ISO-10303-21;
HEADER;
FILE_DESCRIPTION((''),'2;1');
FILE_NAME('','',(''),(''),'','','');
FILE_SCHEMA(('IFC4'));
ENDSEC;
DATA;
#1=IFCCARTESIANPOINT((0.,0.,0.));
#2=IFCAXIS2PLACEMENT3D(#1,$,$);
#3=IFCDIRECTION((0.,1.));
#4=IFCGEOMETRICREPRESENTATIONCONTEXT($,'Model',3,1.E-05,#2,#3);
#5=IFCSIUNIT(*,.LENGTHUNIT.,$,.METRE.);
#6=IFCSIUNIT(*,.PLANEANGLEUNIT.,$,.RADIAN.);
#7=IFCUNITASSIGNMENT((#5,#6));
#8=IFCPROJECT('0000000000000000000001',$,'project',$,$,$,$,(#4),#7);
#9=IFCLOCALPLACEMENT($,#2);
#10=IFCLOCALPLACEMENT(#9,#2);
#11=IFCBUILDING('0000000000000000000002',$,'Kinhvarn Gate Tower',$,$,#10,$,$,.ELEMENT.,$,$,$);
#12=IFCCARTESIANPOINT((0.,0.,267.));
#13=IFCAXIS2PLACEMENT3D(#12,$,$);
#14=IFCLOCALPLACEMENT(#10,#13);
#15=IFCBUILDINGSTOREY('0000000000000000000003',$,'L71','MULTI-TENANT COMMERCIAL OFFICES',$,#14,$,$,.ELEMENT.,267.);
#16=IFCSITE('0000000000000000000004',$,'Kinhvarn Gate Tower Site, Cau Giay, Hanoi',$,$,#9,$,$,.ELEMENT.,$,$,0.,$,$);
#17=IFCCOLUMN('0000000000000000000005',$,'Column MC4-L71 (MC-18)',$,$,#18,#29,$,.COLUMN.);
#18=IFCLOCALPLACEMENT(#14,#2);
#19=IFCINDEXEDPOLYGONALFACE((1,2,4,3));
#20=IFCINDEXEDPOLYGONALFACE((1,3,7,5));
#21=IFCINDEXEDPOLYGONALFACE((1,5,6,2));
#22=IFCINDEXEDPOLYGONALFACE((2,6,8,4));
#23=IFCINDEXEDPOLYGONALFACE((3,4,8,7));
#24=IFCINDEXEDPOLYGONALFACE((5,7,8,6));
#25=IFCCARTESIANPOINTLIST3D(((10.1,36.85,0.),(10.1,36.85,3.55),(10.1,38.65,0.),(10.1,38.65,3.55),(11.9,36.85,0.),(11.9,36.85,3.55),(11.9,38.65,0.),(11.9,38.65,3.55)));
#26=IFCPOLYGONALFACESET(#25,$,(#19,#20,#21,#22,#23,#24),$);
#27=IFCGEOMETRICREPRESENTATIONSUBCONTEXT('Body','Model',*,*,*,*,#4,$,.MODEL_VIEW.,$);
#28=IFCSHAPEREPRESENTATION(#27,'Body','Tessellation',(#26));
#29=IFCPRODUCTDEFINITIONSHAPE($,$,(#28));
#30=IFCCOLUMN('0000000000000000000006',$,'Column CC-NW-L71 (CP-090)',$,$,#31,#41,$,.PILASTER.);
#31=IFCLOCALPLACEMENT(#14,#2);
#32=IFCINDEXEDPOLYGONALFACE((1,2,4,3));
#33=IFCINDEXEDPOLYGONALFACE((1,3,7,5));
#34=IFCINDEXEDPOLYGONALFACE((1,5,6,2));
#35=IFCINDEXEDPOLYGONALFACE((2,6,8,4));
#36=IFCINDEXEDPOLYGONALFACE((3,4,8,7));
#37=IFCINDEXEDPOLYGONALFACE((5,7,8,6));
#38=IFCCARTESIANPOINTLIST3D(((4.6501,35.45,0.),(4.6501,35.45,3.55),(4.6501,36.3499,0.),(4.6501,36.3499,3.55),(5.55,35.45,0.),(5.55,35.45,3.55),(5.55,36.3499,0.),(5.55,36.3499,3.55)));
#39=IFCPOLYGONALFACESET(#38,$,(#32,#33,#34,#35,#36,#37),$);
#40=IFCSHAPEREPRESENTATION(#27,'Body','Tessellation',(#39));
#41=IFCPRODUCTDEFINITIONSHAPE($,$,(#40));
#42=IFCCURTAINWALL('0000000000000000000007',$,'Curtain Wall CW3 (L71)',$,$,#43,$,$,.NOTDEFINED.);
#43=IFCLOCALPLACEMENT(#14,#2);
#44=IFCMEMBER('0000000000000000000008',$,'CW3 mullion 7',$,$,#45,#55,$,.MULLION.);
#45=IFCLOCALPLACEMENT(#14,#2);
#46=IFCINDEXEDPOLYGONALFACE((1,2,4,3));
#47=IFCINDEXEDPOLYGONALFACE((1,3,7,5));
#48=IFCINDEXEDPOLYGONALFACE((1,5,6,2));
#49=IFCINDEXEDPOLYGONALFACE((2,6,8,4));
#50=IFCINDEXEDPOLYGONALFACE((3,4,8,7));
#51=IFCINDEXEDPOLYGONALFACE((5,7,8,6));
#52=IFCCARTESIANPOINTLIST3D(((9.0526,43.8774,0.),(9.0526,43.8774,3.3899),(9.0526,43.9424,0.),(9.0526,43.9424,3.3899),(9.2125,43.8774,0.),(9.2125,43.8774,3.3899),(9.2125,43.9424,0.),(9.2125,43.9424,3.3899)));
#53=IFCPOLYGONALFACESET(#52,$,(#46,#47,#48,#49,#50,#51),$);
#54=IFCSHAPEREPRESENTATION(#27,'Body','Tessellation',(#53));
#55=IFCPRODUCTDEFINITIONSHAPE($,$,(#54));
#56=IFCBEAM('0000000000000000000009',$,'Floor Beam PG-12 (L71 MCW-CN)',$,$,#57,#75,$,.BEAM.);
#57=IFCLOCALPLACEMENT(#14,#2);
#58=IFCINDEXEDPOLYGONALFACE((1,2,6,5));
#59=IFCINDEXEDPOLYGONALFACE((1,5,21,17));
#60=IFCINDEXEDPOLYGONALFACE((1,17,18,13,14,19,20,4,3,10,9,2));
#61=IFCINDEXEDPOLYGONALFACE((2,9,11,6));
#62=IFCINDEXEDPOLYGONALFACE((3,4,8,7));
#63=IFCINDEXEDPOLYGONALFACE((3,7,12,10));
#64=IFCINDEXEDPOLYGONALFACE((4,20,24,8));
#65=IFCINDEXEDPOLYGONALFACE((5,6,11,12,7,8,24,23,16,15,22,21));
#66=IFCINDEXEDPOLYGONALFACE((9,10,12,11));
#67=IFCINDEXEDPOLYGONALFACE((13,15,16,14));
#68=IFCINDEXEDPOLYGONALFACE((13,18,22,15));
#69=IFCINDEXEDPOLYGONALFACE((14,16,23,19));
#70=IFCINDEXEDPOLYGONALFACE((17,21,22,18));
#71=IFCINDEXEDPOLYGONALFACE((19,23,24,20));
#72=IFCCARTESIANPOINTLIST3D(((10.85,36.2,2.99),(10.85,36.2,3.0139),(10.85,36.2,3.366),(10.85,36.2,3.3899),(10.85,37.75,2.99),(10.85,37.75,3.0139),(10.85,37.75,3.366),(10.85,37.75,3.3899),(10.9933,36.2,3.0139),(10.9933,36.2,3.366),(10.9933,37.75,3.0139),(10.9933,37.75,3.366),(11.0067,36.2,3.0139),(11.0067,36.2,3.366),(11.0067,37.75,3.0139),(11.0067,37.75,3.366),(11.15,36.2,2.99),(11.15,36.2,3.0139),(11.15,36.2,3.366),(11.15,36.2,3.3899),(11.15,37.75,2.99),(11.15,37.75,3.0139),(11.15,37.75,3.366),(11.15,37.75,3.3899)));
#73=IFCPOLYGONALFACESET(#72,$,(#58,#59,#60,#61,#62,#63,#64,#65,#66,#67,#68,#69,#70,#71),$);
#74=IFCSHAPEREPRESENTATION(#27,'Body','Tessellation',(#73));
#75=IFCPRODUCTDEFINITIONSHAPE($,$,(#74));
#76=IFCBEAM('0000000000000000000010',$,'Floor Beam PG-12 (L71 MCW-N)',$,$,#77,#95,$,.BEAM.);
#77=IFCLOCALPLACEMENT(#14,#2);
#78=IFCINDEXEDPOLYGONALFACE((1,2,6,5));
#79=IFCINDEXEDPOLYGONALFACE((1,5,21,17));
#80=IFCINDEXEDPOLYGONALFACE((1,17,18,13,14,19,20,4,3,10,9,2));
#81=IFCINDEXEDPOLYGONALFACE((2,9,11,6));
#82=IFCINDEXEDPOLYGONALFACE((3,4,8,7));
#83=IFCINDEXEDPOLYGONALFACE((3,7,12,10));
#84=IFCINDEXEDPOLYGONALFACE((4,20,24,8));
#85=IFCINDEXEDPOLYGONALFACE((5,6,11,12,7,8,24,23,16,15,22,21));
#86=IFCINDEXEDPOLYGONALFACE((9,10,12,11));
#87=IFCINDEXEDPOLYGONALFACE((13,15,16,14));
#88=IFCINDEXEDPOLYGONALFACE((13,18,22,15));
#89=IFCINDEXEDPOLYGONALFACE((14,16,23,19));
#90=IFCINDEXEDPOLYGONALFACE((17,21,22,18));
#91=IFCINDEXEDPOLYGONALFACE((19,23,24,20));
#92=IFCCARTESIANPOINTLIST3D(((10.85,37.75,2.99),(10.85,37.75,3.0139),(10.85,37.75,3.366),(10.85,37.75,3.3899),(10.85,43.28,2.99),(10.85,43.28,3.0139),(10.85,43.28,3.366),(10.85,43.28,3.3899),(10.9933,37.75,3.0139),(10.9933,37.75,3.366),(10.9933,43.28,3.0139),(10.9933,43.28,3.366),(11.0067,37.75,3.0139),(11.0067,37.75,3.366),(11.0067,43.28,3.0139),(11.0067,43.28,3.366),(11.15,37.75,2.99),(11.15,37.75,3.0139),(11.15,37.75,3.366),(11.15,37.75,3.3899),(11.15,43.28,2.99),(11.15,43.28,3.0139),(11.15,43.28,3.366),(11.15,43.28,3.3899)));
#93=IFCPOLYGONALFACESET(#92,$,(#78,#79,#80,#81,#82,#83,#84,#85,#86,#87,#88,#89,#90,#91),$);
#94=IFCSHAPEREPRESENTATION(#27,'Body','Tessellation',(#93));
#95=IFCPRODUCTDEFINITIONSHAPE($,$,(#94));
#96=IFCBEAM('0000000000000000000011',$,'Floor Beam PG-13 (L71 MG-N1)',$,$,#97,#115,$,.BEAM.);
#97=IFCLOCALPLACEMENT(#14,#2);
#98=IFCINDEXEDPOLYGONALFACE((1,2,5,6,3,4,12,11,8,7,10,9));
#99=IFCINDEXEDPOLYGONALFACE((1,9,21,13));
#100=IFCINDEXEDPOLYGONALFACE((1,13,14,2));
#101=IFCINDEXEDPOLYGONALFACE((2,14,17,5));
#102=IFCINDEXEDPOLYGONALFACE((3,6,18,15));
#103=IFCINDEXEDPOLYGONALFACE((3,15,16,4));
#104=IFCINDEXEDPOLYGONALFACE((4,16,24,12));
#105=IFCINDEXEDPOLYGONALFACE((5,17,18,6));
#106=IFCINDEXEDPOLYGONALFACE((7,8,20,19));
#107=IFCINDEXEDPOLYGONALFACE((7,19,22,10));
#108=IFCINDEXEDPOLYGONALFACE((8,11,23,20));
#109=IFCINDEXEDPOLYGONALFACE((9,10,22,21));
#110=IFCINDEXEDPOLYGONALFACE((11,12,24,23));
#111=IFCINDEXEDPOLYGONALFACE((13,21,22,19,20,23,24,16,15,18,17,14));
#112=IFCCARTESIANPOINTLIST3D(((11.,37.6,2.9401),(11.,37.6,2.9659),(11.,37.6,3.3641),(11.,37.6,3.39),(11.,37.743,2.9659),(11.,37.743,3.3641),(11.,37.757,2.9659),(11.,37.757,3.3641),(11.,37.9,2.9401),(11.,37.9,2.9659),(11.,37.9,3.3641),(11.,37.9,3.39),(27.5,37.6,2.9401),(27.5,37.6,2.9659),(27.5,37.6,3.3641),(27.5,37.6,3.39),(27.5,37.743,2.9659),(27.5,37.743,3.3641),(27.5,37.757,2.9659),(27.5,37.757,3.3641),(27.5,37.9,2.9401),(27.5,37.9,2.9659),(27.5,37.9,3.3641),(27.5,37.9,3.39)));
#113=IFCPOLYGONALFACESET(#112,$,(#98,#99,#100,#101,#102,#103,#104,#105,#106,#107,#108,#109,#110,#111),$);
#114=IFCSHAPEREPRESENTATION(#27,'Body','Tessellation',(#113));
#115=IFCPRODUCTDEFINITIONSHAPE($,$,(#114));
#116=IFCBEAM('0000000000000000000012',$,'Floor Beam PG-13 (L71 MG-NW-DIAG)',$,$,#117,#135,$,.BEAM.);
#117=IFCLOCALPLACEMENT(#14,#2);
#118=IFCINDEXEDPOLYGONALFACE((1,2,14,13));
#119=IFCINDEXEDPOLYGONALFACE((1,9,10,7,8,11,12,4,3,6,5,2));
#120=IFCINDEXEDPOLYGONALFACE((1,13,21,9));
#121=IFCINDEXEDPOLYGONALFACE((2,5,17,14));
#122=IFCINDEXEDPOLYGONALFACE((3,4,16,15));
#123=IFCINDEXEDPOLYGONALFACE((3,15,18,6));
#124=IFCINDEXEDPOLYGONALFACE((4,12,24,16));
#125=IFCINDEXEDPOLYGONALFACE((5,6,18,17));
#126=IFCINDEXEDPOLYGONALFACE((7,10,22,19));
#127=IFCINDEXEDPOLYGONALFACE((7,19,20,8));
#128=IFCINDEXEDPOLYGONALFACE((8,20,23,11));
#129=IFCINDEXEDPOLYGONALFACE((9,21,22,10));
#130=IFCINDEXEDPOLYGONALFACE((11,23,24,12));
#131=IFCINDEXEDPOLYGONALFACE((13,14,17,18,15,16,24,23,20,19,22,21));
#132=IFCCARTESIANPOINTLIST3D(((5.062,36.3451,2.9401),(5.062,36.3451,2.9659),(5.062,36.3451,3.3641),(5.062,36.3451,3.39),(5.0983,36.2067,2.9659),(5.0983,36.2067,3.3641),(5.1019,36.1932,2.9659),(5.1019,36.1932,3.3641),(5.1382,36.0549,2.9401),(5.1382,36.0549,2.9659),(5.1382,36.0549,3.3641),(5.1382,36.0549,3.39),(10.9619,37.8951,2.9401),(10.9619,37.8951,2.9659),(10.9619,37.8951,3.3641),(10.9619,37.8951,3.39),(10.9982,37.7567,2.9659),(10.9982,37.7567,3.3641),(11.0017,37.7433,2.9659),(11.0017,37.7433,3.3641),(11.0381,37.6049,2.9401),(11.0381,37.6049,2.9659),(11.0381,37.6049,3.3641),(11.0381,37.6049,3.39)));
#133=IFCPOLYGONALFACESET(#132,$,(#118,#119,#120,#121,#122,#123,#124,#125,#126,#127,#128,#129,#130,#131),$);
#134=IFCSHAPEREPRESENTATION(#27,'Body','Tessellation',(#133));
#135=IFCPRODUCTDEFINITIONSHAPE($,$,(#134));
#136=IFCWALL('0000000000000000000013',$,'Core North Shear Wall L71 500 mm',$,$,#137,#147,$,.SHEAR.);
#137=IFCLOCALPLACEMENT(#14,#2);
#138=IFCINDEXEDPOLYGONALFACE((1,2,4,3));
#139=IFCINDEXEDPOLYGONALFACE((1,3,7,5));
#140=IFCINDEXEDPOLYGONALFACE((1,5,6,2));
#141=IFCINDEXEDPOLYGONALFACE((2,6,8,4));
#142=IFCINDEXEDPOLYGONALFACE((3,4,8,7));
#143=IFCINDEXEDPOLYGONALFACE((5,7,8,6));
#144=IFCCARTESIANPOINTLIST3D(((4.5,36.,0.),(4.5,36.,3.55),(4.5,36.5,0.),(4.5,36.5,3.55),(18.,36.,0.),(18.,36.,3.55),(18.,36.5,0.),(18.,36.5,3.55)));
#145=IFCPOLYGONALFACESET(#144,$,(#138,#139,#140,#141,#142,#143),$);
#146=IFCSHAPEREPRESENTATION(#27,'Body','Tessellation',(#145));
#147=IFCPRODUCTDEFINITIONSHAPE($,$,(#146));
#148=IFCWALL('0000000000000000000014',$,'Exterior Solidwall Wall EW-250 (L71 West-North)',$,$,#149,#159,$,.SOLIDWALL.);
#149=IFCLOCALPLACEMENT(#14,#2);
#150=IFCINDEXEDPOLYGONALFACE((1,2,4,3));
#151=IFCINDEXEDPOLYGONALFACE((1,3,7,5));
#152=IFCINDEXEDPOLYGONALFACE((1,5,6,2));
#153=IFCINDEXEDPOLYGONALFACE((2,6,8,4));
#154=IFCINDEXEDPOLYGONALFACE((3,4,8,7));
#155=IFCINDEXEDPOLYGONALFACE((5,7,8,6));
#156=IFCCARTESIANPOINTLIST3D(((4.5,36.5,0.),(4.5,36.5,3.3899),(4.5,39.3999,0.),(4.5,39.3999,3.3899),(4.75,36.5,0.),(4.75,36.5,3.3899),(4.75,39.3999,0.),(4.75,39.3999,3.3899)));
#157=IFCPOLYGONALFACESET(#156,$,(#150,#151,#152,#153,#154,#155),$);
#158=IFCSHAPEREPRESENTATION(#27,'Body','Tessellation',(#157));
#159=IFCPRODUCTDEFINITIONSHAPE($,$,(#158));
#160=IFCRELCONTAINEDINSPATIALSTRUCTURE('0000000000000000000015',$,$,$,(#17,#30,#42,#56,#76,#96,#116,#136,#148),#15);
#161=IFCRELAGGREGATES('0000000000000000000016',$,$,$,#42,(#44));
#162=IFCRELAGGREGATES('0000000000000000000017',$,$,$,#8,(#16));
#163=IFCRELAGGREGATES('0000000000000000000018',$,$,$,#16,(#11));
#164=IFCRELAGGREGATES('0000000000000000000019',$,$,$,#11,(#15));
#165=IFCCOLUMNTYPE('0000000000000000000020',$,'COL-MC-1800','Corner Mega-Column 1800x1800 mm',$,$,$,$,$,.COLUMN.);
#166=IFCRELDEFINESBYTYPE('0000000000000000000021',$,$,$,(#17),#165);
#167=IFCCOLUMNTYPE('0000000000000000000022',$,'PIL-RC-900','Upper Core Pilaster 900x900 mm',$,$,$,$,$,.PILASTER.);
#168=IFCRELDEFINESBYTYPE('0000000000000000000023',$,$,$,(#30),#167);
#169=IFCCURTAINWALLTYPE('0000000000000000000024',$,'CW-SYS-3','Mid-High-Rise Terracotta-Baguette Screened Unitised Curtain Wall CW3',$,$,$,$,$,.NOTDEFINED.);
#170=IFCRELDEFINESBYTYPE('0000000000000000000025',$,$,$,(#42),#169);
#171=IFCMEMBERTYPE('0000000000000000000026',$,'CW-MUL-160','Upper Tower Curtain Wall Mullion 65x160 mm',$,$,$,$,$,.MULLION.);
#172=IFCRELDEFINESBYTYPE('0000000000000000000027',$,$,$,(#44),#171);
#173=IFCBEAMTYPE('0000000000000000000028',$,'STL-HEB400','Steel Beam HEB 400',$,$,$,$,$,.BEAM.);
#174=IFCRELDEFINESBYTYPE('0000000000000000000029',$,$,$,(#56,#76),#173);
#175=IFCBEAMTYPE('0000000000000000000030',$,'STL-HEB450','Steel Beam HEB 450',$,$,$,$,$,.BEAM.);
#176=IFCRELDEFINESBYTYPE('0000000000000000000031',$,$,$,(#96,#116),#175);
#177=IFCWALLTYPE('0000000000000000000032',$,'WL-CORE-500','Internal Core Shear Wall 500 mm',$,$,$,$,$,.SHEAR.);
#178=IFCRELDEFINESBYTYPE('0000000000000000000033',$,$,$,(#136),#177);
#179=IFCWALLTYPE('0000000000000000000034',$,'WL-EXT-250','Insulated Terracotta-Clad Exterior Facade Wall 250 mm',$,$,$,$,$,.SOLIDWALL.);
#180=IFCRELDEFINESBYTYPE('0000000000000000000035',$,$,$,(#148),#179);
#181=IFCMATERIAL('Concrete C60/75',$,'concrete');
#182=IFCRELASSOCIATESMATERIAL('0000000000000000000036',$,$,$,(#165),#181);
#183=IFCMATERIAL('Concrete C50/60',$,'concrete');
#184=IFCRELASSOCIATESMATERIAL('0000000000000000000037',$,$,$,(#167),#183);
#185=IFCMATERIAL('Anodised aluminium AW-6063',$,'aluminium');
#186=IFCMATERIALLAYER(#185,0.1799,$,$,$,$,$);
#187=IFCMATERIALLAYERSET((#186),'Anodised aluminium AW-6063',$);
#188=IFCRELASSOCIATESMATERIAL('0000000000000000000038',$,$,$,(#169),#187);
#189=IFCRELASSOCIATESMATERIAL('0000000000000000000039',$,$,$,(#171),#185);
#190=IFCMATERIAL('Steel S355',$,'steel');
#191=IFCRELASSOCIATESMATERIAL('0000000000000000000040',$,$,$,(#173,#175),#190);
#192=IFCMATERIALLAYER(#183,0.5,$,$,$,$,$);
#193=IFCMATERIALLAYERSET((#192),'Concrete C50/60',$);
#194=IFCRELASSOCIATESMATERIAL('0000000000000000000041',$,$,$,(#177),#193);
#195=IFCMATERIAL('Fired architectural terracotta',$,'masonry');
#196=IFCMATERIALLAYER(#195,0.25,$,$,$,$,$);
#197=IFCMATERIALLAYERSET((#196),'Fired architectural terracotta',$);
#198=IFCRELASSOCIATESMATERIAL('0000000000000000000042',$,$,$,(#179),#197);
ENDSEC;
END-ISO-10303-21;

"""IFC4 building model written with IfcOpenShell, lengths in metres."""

from ifc_helpers import new_model, si_unit, direction, frame, frame_2d, origin, origin_2d, place, context, subcontext, project, spatial, rectangle, i_section, extrude, material, layer, layer_set, material_profile, profile_set, type_object, element, aggregate, save


model = new_model("IFC4")

# Units and contexts
model_context = context("Model", 3, precision=1e-05, world=origin(), true_north=direction((0.0, 1.0)))
body_context = subcontext(model_context, "Body", "Model", "MODEL_VIEW")
ifc_project = project(units=[si_unit("LENGTHUNIT", "METRE"), si_unit("PLANEANGLEUNIT", "RADIAN")], contexts=[model_context])

# Site, building, storey
site_placement = place(None, origin())
site = spatial("IfcSite", under=ifc_project, at=site_placement, Name="Kinhvarn Gate Tower Site, Cau Giay, Hanoi", CompositionType="ELEMENT", RefElevation=0.0)
building_placement = place(site_placement, origin())
building = spatial("IfcBuilding", under=site, at=building_placement, Name="Kinhvarn Gate Tower", CompositionType="ELEMENT")
storey_placement = place(building_placement, frame((0.0, 0.0, 267.0)))
storey = spatial("IfcBuildingStorey", under=building, at=storey_placement, Name="L71", Description="MULTI-TENANT COMMERCIAL OFFICES", CompositionType="ELEMENT", Elevation=267.0)

# Columns
ifc_material_1 = material(Name="Concrete C60/75", Category="concrete")
ifc_material_profile_1 = material_profile(ifc_material_1, rectangle(XDim=1.8, YDim=1.8, at=origin_2d()), Name="RC 1800x1800")
ifc_profile_set_1 = profile_set([ifc_material_profile_1], Name="Concrete C60/75")
column_type_1 = type_object("IfcColumnType", Name="COL-MC-1800", Description="Corner Mega-Column 1800x1800 mm", PredefinedType="COLUMN", material=ifc_profile_set_1)
column_1_placement = place(storey_placement, frame((11.0, 37.75, 0.0), z_axis=(0.0, 0.0, 1.0), x_axis=(1.0, 0.0, 0.0)))
element("IfcColumn", 1, at=column_1_placement, inside=storey, type_object=column_type_1, Name="Column MC4-L71 (MC-18)", PredefinedType="COLUMN", context=body_context, shape_type="SweptSolid", body=[
    extrude(rectangle(XDim=1.8, YDim=1.8, at=origin_2d()), origin(), (0.0, 0.0, 1.0), 3.55),
])
ifc_material_2 = material(Name="Concrete C50/60", Category="concrete")
ifc_material_profile_2 = material_profile(ifc_material_2, rectangle(XDim=0.8999, YDim=0.8999, at=origin_2d()), Name="RC 900x900")
ifc_profile_set_2 = profile_set([ifc_material_profile_2], Name="Concrete C50/60")
column_type_2 = type_object("IfcColumnType", Name="PIL-RC-900", Description="Upper Core Pilaster 900x900 mm", PredefinedType="PILASTER", material=ifc_profile_set_2)
column_2_placement = place(storey_placement, frame((5.1001, 35.8999, 0.0), z_axis=(0.0, 0.0, 1.0), x_axis=(1.0, 0.0, 0.0)))
element("IfcColumn", 2, at=column_2_placement, inside=storey, type_object=column_type_2, Name="Column CC-NW-L71 (CP-090)", PredefinedType="PILASTER", context=body_context, shape_type="SweptSolid", body=[
    extrude(rectangle(XDim=0.8999, YDim=0.8999, at=origin_2d()), origin(), (0.0, 0.0, 1.0), 3.55),
])

# Curtain wall, member
ifc_material_3 = material(Name="Anodised aluminium AW-6063", Category="aluminium")
ifc_layer_1 = layer(ifc_material_3, 0.1799)
ifc_layer_set_1 = layer_set([ifc_layer_1], Name="Anodised aluminium AW-6063")
curtain_wall_type = type_object("IfcCurtainWallType", Name="CW-SYS-3", Description="Mid-High-Rise Terracotta-Baguette Screened Unitised Curtain Wall CW3", PredefinedType="NOTDEFINED", material=ifc_layer_set_1)
curtain_wall_placement = place(storey_placement, origin())
curtain_wall = element("IfcCurtainWall", 3, at=curtain_wall_placement, inside=storey, type_object=curtain_wall_type, Name="Curtain Wall CW3 (L71)", PredefinedType="NOTDEFINED")
ifc_material_profile_3 = material_profile(ifc_material_3, rectangle(XDim=0.0649, YDim=0.1599, at=origin_2d()), Name="ALU 65x160")
ifc_profile_set_3 = profile_set([ifc_material_profile_3], Name="Anodised aluminium AW-6063")
member_type = type_object("IfcMemberType", Name="CW-MUL-160", Description="Upper Tower Curtain Wall Mullion 65x160 mm", PredefinedType="MULLION", material=ifc_profile_set_3)
member_placement = place(storey_placement, frame((9.1326, 43.9099, 0.0), z_axis=(0.0, 0.0, 1.0), x_axis=(0.0, -1.0, 0.0)))
member = element("IfcMember", 4, at=member_placement, type_object=member_type, Name="CW3 mullion 7", PredefinedType="MULLION", context=body_context, shape_type="SweptSolid", body=[
    extrude(rectangle(XDim=0.0649, YDim=0.1599, at=origin_2d()), origin(), (0.0, 0.0, 1.0), 3.3899),
])
aggregate(curtain_wall, [member])

# Beams
ifc_material_4 = material(Name="Steel S355", Category="steel")
ifc_material_profile_4 = material_profile(ifc_material_4, i_section(OverallWidth=0.3, OverallDepth=0.3999, WebThickness=0.0134, FlangeThickness=0.0239, at=origin_2d()), Name="HEB 400")
ifc_profile_set_4 = profile_set([ifc_material_profile_4], Name="Steel S355")
beam_type_1 = type_object("IfcBeamType", Name="STL-HEB400", Description="Steel Beam HEB 400", PredefinedType="BEAM", material=ifc_profile_set_4)
beam_1_placement = place(storey_placement, frame((11.0, 36.2, 3.1899), z_axis=(0.0, 1.0, 0.0), x_axis=(-1.0, 0.0, 0.0)))
element("IfcBeam", 5, at=beam_1_placement, inside=storey, type_object=beam_type_1, Name="Floor Beam PG-12 (L71 MCW-CN)", PredefinedType="BEAM", context=body_context, shape_type="SweptSolid", body=[
    extrude(i_section(OverallWidth=0.3, OverallDepth=0.3999, WebThickness=0.0134, FlangeThickness=0.0239, at=origin_2d()), origin(), (0.0, 0.0, 1.0), 1.55),
])
beam_2_placement = place(storey_placement, frame((11.0, 37.75, 3.1899), z_axis=(0.0, 1.0, 0.0), x_axis=(-1.0, 0.0, 0.0)))
element("IfcBeam", 6, at=beam_2_placement, inside=storey, type_object=beam_type_1, Name="Floor Beam PG-12 (L71 MCW-N)", PredefinedType="BEAM", context=body_context, shape_type="SweptSolid", body=[
    extrude(i_section(OverallWidth=0.3, OverallDepth=0.3999, WebThickness=0.0134, FlangeThickness=0.0239, at=origin_2d()), origin(), (0.0, 0.0, 1.0), 5.53),
])
ifc_material_profile_5 = material_profile(ifc_material_4, i_section(OverallWidth=0.3, OverallDepth=0.45, WebThickness=0.0139, FlangeThickness=0.0259, at=origin_2d()), Name="HEB 450")
ifc_profile_set_5 = profile_set([ifc_material_profile_5], Name="Steel S355")
beam_type_2 = type_object("IfcBeamType", Name="STL-HEB450", Description="Steel Beam HEB 450", PredefinedType="BEAM", material=ifc_profile_set_5)
beam_3_placement = place(storey_placement, frame((11.0, 37.75, 3.165), z_axis=(1.0, 0.0, 0.0), x_axis=(0.0, 1.0, 0.0)))
element("IfcBeam", 7, at=beam_3_placement, inside=storey, type_object=beam_type_2, Name="Floor Beam PG-13 (L71 MG-N1)", PredefinedType="BEAM", context=body_context, shape_type="SweptSolid", body=[
    extrude(i_section(OverallWidth=0.3, OverallDepth=0.45, WebThickness=0.0139, FlangeThickness=0.0259, at=origin_2d()), origin(), (0.0, 0.0, 1.0), 16.5),
])
beam_4_placement = place(storey_placement, frame((5.1001, 36.2, 3.165), z_axis=(0.967178, 0.254101, 0.0), x_axis=(-0.254101, 0.967178, 0.0)))
element("IfcBeam", 8, at=beam_4_placement, inside=storey, type_object=beam_type_2, Name="Floor Beam PG-13 (L71 MG-NW-DIAG)", PredefinedType="BEAM", context=body_context, shape_type="SweptSolid", body=[
    extrude(i_section(OverallWidth=0.3, OverallDepth=0.45, WebThickness=0.0139, FlangeThickness=0.0259, at=origin_2d()), origin(), (0.0, 0.0, 1.0), 6.1001),
])

# Walls
ifc_layer_2 = layer(ifc_material_2, 0.5)
ifc_layer_set_2 = layer_set([ifc_layer_2], Name="Concrete C50/60")
wall_type_1 = type_object("IfcWallType", Name="WL-CORE-500", Description="Internal Core Shear Wall 500 mm", PredefinedType="SHEAR", material=ifc_layer_set_2)
wall_1_placement = place(storey_placement, frame((4.5, 36.25, 0.0), z_axis=(0.0, 0.0, 1.0), x_axis=(1.0, 0.0, 0.0)))
element("IfcWall", 9, at=wall_1_placement, inside=storey, type_object=wall_type_1, Name="Core North Shear Wall L71 500 mm", PredefinedType="SHEAR", context=body_context, shape_type="SweptSolid", body=[
    extrude(rectangle(XDim=13.5, YDim=0.5, at=frame_2d((6.75, 0.0))), origin(), (0.0, 0.0, 1.0), 3.55),
])
ifc_material_5 = material(Name="Fired architectural terracotta", Category="masonry")
ifc_layer_3 = layer(ifc_material_5, 0.25)
ifc_layer_set_3 = layer_set([ifc_layer_3], Name="Fired architectural terracotta")
wall_type_2 = type_object("IfcWallType", Name="WL-EXT-250", Description="Insulated Terracotta-Clad Exterior Facade Wall 250 mm", PredefinedType="SOLIDWALL", material=ifc_layer_set_3)
wall_2_placement = place(storey_placement, frame((4.625, 39.3999, 0.0), z_axis=(0.0, 0.0, 1.0), x_axis=(0.0, -1.0, 0.0)))
element("IfcWall", 10, at=wall_2_placement, inside=storey, type_object=wall_type_2, Name="Exterior Solidwall Wall EW-250 (L71 West-North)", PredefinedType="SOLIDWALL", context=body_context, shape_type="SweptSolid", body=[
    extrude(rectangle(XDim=2.8999, YDim=0.25, at=frame_2d((1.45, 0.0))), origin(), (0.0, 0.0, 1.0), 3.3899),
])

save(model, "model.ifc")
